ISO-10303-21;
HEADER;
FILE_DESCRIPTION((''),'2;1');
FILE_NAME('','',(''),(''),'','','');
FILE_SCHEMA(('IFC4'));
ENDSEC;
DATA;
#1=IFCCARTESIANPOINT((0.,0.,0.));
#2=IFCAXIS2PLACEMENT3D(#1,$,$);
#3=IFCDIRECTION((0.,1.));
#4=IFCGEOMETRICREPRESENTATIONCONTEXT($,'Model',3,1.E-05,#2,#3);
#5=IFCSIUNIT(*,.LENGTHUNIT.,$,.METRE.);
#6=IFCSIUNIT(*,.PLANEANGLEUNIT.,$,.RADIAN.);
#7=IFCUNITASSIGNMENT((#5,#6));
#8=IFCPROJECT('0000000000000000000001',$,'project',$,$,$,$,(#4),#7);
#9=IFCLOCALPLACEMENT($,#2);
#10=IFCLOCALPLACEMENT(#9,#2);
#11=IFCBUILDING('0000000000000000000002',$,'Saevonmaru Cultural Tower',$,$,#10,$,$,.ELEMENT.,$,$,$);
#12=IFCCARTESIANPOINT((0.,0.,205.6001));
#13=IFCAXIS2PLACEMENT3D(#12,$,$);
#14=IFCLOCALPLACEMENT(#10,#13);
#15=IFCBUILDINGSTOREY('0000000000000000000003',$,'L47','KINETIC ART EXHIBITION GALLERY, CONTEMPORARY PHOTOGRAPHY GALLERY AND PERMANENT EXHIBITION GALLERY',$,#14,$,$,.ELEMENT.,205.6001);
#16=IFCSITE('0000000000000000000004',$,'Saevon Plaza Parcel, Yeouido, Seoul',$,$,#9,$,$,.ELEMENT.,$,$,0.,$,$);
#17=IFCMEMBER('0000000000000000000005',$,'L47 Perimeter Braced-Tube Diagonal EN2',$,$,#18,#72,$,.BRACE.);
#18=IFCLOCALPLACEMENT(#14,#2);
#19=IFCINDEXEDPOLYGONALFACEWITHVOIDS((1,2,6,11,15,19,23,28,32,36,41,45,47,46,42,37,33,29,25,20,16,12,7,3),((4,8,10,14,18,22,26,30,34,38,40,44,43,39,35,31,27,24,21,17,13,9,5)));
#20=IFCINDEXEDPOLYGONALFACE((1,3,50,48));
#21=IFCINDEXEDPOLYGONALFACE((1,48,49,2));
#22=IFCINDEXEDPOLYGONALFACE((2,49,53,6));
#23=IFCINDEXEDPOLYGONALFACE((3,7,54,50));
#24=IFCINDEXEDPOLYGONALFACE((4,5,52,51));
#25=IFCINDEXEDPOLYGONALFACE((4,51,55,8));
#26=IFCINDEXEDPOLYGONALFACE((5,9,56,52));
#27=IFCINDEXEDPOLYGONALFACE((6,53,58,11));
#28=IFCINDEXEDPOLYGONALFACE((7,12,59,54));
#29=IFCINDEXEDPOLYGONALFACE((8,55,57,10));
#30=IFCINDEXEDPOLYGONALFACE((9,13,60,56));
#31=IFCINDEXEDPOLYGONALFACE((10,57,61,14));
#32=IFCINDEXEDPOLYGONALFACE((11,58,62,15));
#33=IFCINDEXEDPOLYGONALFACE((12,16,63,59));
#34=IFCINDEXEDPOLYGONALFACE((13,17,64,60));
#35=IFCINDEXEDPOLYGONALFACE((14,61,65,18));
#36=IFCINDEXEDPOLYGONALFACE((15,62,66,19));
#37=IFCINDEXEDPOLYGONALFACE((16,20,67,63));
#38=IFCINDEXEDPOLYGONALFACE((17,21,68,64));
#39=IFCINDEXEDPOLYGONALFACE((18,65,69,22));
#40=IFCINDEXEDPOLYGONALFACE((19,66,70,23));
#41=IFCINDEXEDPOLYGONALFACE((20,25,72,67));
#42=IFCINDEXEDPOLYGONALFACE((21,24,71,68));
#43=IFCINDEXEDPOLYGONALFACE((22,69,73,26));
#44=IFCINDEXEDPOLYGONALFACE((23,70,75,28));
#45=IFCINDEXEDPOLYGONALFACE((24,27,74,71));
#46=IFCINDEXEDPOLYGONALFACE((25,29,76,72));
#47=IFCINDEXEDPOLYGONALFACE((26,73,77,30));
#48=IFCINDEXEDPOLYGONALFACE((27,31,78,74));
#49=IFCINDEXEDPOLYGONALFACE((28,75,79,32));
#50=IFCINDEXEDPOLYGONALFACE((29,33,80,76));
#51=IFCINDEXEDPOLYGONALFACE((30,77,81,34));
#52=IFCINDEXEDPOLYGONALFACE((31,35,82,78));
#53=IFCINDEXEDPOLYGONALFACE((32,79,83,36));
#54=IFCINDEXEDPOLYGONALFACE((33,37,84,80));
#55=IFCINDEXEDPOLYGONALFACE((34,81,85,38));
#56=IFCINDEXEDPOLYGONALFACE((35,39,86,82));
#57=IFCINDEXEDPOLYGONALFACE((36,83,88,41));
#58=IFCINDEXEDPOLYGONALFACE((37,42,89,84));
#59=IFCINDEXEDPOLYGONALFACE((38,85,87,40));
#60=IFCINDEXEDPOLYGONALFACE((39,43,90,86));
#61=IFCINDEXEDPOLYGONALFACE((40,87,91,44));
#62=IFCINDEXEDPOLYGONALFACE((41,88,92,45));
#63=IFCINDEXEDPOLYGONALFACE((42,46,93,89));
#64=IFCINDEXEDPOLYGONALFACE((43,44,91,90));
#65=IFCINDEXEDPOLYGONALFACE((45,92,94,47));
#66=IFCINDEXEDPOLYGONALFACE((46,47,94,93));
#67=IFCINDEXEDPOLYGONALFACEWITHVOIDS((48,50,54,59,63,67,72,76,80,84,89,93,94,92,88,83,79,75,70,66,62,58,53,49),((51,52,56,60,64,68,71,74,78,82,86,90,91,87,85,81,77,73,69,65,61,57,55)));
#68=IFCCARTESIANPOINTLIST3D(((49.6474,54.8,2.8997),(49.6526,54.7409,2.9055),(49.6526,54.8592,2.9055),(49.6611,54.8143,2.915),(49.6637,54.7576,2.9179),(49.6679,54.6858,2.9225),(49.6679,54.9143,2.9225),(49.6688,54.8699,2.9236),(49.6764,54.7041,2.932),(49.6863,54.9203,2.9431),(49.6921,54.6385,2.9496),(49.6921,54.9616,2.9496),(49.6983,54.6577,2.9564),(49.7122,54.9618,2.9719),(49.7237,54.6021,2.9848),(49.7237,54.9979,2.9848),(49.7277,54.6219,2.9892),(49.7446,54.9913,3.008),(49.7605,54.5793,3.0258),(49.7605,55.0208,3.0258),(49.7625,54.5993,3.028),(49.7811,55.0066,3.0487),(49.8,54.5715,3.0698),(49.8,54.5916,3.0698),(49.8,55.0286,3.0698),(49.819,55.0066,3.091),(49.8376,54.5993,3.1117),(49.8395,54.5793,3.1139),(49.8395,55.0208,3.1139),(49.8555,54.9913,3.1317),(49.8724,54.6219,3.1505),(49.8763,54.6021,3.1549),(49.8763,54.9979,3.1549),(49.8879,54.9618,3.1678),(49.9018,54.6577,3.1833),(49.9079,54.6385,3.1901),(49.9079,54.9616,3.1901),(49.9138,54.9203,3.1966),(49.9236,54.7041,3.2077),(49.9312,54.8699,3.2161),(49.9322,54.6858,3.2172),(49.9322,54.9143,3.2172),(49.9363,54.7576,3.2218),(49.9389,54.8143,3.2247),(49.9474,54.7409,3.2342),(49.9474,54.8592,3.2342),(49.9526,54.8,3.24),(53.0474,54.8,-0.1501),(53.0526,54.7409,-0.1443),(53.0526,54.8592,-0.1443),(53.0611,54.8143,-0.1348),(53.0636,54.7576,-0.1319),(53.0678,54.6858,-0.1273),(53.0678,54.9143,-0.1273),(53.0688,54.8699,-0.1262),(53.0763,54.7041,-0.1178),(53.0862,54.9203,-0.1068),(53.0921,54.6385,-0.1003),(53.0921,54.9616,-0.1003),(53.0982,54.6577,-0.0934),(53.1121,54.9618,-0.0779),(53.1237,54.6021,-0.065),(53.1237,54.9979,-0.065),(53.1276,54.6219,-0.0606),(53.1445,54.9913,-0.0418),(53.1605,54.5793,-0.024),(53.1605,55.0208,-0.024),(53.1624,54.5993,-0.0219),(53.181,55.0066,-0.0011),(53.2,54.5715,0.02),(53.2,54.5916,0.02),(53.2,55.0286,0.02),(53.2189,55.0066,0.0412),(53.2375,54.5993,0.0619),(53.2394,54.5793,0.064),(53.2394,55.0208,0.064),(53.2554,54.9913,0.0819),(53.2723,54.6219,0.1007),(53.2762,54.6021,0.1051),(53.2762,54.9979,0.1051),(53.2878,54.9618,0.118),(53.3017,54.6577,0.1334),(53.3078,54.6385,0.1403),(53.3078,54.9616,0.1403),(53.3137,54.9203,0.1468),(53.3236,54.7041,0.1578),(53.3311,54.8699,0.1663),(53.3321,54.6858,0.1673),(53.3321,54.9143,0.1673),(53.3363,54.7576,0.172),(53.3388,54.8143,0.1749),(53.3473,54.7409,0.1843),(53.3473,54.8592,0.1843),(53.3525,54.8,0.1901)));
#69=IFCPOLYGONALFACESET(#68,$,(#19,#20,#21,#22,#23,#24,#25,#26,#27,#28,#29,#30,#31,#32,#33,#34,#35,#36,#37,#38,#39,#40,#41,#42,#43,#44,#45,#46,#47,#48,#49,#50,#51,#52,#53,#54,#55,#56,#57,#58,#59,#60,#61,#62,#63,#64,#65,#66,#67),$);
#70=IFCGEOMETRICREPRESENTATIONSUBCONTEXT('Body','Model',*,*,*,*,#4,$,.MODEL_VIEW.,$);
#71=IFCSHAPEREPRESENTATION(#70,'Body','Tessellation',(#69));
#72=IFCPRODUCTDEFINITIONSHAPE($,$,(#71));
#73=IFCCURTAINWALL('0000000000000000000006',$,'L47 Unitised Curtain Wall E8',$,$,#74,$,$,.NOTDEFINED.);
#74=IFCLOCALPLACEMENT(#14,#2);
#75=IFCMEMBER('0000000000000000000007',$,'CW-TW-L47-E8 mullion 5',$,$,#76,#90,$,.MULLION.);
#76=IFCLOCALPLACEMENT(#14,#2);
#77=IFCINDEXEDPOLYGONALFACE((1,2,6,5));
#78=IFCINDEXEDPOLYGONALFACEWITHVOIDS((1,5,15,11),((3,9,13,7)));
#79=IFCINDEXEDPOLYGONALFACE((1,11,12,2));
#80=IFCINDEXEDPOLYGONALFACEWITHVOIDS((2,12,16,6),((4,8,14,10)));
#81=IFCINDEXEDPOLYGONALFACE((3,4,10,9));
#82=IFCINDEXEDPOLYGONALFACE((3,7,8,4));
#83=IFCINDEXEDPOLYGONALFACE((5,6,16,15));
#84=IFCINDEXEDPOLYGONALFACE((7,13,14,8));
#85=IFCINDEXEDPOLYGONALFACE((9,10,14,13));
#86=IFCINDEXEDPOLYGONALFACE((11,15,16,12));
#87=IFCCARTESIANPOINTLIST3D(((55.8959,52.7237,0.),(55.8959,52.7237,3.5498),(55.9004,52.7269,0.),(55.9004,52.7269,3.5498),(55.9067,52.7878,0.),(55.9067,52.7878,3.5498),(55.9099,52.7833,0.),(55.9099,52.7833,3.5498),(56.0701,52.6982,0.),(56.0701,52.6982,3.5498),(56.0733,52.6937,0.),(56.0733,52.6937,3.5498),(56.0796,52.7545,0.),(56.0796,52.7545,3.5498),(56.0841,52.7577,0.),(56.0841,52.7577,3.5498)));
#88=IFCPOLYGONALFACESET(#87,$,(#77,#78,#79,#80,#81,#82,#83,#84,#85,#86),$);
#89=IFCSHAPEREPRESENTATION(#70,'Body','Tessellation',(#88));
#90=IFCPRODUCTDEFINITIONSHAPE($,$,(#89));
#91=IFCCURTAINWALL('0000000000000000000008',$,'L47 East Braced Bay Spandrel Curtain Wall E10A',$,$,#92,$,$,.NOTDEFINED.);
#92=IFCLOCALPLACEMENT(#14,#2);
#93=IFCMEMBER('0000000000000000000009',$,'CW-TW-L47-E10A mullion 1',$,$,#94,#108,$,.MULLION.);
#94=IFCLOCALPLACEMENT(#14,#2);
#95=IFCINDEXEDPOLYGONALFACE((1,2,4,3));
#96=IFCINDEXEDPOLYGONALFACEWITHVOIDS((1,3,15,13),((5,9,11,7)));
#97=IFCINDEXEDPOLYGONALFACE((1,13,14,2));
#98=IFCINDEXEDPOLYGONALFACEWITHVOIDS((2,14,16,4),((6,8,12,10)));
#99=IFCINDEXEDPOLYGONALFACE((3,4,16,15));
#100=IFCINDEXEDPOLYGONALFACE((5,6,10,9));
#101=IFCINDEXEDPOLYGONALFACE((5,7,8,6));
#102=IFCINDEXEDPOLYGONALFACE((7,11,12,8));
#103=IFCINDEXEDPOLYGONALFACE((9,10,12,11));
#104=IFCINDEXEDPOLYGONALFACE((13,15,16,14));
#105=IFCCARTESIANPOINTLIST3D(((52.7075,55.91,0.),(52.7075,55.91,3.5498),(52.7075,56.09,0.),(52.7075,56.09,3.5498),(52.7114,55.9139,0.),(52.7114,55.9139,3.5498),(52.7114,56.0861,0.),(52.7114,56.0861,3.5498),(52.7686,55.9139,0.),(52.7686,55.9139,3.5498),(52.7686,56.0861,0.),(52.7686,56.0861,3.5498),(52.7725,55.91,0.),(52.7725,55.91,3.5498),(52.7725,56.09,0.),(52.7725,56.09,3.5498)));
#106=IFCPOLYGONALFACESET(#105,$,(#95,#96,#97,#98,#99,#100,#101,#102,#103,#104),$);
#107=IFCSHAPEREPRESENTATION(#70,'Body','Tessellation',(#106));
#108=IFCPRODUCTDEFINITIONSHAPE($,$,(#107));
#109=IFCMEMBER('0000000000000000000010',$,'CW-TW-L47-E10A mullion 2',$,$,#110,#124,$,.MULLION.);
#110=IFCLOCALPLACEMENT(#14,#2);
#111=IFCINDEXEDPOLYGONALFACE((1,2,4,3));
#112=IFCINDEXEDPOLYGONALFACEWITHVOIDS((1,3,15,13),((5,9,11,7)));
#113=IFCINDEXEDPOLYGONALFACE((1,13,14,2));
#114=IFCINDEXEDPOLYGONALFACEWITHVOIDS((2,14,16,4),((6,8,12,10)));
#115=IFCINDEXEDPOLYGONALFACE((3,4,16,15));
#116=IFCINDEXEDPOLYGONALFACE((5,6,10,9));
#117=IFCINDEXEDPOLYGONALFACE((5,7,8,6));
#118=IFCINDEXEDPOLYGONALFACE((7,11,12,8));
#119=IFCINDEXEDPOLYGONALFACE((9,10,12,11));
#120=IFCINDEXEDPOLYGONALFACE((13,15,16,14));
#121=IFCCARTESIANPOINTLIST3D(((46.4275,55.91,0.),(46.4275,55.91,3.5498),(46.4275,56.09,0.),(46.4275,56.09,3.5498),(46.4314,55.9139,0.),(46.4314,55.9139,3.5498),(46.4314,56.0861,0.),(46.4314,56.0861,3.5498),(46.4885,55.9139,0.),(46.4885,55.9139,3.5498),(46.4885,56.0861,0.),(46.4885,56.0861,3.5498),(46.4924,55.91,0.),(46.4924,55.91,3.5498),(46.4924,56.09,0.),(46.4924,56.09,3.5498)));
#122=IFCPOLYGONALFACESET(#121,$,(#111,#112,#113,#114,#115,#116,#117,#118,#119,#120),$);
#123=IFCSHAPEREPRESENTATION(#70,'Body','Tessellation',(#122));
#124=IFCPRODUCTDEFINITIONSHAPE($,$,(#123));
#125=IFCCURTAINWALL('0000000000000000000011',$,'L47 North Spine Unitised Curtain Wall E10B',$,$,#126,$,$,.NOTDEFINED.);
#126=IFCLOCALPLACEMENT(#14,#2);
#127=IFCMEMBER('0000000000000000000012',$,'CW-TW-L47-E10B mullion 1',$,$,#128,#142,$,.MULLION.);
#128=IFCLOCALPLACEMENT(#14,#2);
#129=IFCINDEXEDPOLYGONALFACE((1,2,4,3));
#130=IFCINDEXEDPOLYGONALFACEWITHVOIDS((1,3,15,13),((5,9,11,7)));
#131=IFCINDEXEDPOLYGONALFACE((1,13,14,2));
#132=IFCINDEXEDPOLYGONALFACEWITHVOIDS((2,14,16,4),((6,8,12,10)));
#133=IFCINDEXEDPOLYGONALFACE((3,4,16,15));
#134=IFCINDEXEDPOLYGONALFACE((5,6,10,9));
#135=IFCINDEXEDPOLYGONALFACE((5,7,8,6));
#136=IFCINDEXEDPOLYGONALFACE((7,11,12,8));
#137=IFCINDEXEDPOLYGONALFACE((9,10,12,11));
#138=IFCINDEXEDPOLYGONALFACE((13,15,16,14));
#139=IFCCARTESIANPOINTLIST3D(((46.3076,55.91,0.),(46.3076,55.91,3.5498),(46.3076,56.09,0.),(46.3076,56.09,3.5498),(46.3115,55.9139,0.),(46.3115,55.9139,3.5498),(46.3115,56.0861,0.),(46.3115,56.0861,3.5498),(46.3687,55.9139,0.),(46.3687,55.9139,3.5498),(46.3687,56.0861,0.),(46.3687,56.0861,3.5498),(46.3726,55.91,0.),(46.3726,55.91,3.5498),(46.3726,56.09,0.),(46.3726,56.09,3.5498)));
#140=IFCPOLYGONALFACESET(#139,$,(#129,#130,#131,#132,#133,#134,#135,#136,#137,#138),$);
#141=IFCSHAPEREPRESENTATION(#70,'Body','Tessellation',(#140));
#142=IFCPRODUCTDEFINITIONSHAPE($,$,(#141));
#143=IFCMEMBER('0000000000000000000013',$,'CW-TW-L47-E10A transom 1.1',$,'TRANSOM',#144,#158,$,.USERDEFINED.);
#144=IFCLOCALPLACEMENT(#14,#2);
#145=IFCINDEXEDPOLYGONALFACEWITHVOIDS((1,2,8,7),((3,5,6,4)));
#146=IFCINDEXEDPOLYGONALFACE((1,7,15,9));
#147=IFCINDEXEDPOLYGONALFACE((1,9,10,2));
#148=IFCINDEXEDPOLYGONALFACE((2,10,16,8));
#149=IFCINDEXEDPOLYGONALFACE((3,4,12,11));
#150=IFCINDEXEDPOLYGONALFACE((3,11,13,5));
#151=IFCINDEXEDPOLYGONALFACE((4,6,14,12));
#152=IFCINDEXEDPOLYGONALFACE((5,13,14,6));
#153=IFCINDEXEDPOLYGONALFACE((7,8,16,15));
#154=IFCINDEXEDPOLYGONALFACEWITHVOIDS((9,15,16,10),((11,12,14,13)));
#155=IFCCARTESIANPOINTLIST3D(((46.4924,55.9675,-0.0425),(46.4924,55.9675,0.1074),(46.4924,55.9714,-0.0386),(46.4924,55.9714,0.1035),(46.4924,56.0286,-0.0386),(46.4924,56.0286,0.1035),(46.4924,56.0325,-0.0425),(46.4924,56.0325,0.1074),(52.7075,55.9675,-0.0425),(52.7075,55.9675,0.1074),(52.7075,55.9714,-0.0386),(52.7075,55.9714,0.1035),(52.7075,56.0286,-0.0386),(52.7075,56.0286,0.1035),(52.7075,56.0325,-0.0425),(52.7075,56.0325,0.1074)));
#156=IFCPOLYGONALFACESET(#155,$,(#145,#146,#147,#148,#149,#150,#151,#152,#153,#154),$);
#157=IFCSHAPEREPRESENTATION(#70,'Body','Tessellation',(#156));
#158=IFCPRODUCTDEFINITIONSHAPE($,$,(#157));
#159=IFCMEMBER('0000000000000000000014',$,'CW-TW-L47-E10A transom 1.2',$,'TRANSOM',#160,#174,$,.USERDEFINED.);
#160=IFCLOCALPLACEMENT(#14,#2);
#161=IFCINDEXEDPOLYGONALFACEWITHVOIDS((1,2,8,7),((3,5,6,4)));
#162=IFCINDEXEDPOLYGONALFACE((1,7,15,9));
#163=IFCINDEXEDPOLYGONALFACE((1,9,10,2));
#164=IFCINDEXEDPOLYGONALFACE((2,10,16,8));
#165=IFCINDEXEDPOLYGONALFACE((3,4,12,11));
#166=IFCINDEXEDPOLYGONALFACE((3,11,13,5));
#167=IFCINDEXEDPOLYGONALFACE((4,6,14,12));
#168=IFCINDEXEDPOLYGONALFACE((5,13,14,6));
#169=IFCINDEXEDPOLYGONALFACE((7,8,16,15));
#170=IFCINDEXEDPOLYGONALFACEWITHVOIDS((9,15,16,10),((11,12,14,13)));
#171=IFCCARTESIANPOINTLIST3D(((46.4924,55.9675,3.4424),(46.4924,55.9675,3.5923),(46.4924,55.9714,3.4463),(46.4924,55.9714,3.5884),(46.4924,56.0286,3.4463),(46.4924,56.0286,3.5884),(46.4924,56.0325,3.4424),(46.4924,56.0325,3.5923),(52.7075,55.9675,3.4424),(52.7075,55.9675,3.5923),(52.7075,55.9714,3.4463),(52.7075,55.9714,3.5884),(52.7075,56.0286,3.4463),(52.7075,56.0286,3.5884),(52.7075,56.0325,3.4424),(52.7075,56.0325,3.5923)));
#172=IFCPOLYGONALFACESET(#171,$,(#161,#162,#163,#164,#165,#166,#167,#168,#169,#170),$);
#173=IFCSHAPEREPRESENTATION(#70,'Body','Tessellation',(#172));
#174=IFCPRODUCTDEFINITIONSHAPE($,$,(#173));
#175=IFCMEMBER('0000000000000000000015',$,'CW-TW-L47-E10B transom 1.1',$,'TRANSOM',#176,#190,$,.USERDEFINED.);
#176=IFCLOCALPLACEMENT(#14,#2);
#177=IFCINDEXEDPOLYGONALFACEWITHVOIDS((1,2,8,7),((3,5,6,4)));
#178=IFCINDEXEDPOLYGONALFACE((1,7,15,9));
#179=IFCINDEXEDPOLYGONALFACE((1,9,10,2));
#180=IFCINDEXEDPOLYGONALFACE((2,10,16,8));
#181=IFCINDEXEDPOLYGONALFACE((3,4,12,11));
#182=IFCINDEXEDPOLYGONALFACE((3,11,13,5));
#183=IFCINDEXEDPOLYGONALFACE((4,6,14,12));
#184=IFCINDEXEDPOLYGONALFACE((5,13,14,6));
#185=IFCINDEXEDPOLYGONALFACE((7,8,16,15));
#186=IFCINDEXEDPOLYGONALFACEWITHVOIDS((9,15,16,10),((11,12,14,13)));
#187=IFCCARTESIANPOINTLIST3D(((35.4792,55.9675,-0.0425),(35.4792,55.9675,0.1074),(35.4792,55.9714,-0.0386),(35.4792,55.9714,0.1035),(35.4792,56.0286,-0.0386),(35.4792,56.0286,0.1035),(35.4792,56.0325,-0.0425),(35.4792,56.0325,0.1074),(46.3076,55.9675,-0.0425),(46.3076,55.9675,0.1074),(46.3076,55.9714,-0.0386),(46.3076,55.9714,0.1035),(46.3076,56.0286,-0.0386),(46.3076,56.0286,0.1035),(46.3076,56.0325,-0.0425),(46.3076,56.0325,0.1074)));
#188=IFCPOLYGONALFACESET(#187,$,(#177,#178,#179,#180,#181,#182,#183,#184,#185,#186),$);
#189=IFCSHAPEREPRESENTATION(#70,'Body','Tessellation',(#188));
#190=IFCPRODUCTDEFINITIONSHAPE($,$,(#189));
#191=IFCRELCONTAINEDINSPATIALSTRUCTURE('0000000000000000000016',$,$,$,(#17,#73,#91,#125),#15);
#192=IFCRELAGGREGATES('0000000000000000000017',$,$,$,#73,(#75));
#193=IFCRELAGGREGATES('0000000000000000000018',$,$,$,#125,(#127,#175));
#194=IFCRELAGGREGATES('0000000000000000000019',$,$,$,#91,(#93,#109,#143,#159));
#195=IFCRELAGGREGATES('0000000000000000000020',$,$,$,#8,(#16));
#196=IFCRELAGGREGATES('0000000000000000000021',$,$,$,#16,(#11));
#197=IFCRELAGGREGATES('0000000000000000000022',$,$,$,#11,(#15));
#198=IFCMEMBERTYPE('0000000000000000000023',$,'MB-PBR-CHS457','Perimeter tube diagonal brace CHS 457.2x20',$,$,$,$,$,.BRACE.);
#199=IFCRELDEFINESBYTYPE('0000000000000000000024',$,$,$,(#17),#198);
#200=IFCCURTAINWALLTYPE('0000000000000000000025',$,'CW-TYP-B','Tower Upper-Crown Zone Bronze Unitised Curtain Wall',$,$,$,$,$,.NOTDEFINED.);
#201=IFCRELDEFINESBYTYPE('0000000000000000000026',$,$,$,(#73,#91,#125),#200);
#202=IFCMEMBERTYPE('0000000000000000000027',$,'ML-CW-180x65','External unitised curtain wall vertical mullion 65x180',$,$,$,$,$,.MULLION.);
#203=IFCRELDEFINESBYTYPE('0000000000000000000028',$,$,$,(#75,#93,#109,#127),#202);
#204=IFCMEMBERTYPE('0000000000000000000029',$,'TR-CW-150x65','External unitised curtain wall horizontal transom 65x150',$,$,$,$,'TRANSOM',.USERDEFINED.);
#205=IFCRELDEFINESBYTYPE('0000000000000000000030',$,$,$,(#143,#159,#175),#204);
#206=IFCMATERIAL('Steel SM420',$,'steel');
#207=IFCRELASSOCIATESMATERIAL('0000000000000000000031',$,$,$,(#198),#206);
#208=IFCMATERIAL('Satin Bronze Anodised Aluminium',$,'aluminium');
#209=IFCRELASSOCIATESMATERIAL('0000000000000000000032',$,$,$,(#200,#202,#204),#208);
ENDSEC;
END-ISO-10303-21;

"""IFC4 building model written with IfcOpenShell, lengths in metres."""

from ifc_helpers import new_model, si_unit, direction, frame, origin, origin_2d, place, context, subcontext, project, spatial, hollow_rectangle, hollow_circle, extrude, material, material_profile, profile_set, type_object, element, aggregate, save


model = new_model("IFC4")

# Units and contexts
model_context = context("Model", 3, precision=1e-05, world=origin(), true_north=direction((0.0, 1.0)))
body_context = subcontext(model_context, "Body", "Model", "MODEL_VIEW")
ifc_project = project(units=[si_unit("LENGTHUNIT", "METRE"), si_unit("PLANEANGLEUNIT", "RADIAN")], contexts=[model_context])

# Site, building, storey
site_placement = place(None, origin())
site = spatial("IfcSite", under=ifc_project, at=site_placement, Name="Saevon Plaza Parcel, Yeouido, Seoul", CompositionType="ELEMENT", RefElevation=0.0)
building_placement = place(site_placement, origin())
building = spatial("IfcBuilding", under=site, at=building_placement, Name="Saevonmaru Cultural Tower", CompositionType="ELEMENT")
storey_placement = place(building_placement, frame((0.0, 0.0, 205.6001)))
storey = spatial("IfcBuildingStorey", under=building, at=storey_placement, Name="L47", Description="KINETIC ART EXHIBITION GALLERY, CONTEMPORARY PHOTOGRAPHY GALLERY AND PERMANENT EXHIBITION GALLERY", CompositionType="ELEMENT", Elevation=205.6001)

# Shared definitions
ifc_material_1 = material(Name="Steel SM420", Category="steel")

# Member
ifc_material_profile_1 = material_profile(ifc_material_1, hollow_circle(Radius=0.2285, WallThickness=0.02, at=origin_2d()), Name="CHS-457.2x20")
ifc_profile_set_1 = profile_set([ifc_material_profile_1], Name="Steel SM420")
member_type_1 = type_object("IfcMemberType", Name="MB-PBR-CHS457", Description="Perimeter tube diagonal brace CHS 457.2x20", PredefinedType="BRACE", material=ifc_profile_set_1)
member_1_placement = place(storey_placement, frame((53.2, 54.8, 0.02), z_axis=(-0.744394, 0.0, 0.667741), x_axis=(0.0, -1.0, 0.0)))
element("IfcMember", 1, at=member_1_placement, inside=storey, type_object=member_type_1, Name="L47 Perimeter Braced-Tube Diagonal EN2", PredefinedType="BRACE", context=body_context, shape_type="SweptSolid", body=[
    extrude(hollow_circle(Radius=0.2285, WallThickness=0.02, at=origin_2d()), origin(), (0.0, 0.0, 1.0), 4.5674),
])

# Curtain wall, member
ifc_material_2 = material(Name="Satin Bronze Anodised Aluminium", Category="aluminium")
curtain_wall_type = type_object("IfcCurtainWallType", Name="CW-TYP-B", Description="Tower Upper-Crown Zone Bronze Unitised Curtain Wall", PredefinedType="NOTDEFINED", material=ifc_material_2)
curtain_wall_1_placement = place(storey_placement, origin())
curtain_wall_1 = element("IfcCurtainWall", 2, at=curtain_wall_1_placement, inside=storey, type_object=curtain_wall_type, Name="L47 Unitised Curtain Wall E8", PredefinedType="NOTDEFINED")
ifc_material_profile_2 = material_profile(ifc_material_2, hollow_rectangle(XDim=0.0649, YDim=0.1799, WallThickness=0.0039, at=origin_2d()), Name="ALU-MULL-180x65x4")
ifc_profile_set_2 = profile_set([ifc_material_profile_2], Name="Satin Bronze Anodised Aluminium")
member_type_2 = type_object("IfcMemberType", Name="ML-CW-180x65", Description="External unitised curtain wall vertical mullion 65x180", PredefinedType="MULLION", material=ifc_profile_set_2)
member_2_placement = place(storey_placement, frame((55.99, 52.7407, 0.0), z_axis=(0.0, 0.0, 1.0), x_axis=(0.166922, 0.98597, 0.0)))
member_2 = element("IfcMember", 3, at=member_2_placement, type_object=member_type_2, Name="CW-TW-L47-E8 mullion 5", PredefinedType="MULLION", context=body_context, shape_type="SweptSolid", body=[
    extrude(hollow_rectangle(XDim=0.0649, YDim=0.1799, WallThickness=0.0039, at=origin_2d()), origin(), (0.0, 0.0, 1.0), 3.5498),
])
aggregate(curtain_wall_1, [member_2])

# Curtain wall, members
curtain_wall_2_placement = place(storey_placement, origin())
curtain_wall_2 = element("IfcCurtainWall", 4, at=curtain_wall_2_placement, inside=storey, type_object=curtain_wall_type, Name="L47 East Braced Bay Spandrel Curtain Wall E10A", PredefinedType="NOTDEFINED")
member_3_placement = place(storey_placement, frame((52.74, 56.0, 0.0), z_axis=(0.0, 0.0, 1.0), x_axis=(-1.0, 0.0, 0.0)))
member_3 = element("IfcMember", 5, at=member_3_placement, type_object=member_type_2, Name="CW-TW-L47-E10A mullion 1", PredefinedType="MULLION", context=body_context, shape_type="SweptSolid", body=[
    extrude(hollow_rectangle(XDim=0.0649, YDim=0.1799, WallThickness=0.0039, at=origin_2d()), origin(), (0.0, 0.0, 1.0), 3.5498),
])
member_4_placement = place(storey_placement, frame((46.46, 56.0, 0.0), z_axis=(0.0, 0.0, 1.0), x_axis=(-1.0, 0.0, 0.0)))
member_4 = element("IfcMember", 6, at=member_4_placement, type_object=member_type_2, Name="CW-TW-L47-E10A mullion 2", PredefinedType="MULLION", context=body_context, shape_type="SweptSolid", body=[
    extrude(hollow_rectangle(XDim=0.0649, YDim=0.1799, WallThickness=0.0039, at=origin_2d()), origin(), (0.0, 0.0, 1.0), 3.5498),
])

# Curtain wall, member
curtain_wall_3_placement = place(storey_placement, origin())
curtain_wall_3 = element("IfcCurtainWall", 7, at=curtain_wall_3_placement, inside=storey, type_object=curtain_wall_type, Name="L47 North Spine Unitised Curtain Wall E10B", PredefinedType="NOTDEFINED")
member_5_placement = place(storey_placement, frame((46.3401, 56.0, 0.0), z_axis=(0.0, 0.0, 1.0), x_axis=(-1.0, 0.0, 0.0)))
member_5 = element("IfcMember", 8, at=member_5_placement, type_object=member_type_2, Name="CW-TW-L47-E10B mullion 1", PredefinedType="MULLION", context=body_context, shape_type="SweptSolid", body=[
    extrude(hollow_rectangle(XDim=0.0649, YDim=0.1799, WallThickness=0.0039, at=origin_2d()), origin(), (0.0, 0.0, 1.0), 3.5498),
])

# Members
ifc_material_profile_3 = material_profile(ifc_material_2, hollow_rectangle(XDim=0.0649, YDim=0.1499, WallThickness=0.0039, at=origin_2d()), Name="ALU-TRAN-150x65x4")
ifc_profile_set_3 = profile_set([ifc_material_profile_3], Name="Satin Bronze Anodised Aluminium")
member_type_3 = type_object("IfcMemberType", Name="TR-CW-150x65", Description="External unitised curtain wall horizontal transom 65x150", ElementType="TRANSOM", PredefinedType="USERDEFINED", material=ifc_profile_set_3)
member_6_placement = place(storey_placement, frame((52.7075, 56.0, 0.0325), z_axis=(-1.0, 0.0, 0.0), x_axis=(0.0, -1.0, 0.0)))
member_6 = element("IfcMember", 9, at=member_6_placement, type_object=member_type_3, Name="CW-TW-L47-E10A transom 1.1", ObjectType="TRANSOM", PredefinedType="USERDEFINED", context=body_context, shape_type="SweptSolid", body=[
    extrude(hollow_rectangle(XDim=0.0649, YDim=0.1499, WallThickness=0.0039, at=origin_2d()), origin(), (0.0, 0.0, 1.0), 6.2151),
])
member_7_placement = place(storey_placement, frame((52.7075, 56.0, 3.5173), z_axis=(-1.0, 0.0, 0.0), x_axis=(0.0, -1.0, 0.0)))
member_7 = element("IfcMember", 10, at=member_7_placement, type_object=member_type_3, Name="CW-TW-L47-E10A transom 1.2", ObjectType="TRANSOM", PredefinedType="USERDEFINED", context=body_context, shape_type="SweptSolid", body=[
    extrude(hollow_rectangle(XDim=0.0649, YDim=0.1499, WallThickness=0.0039, at=origin_2d()), origin(), (0.0, 0.0, 1.0), 6.2151),
])
member_8_placement = place(storey_placement, frame((46.3076, 56.0, 0.0325), z_axis=(-1.0, 0.0, 0.0), x_axis=(0.0, -1.0, 0.0)))
member_8 = element("IfcMember", 11, at=member_8_placement, type_object=member_type_3, Name="CW-TW-L47-E10B transom 1.1", ObjectType="TRANSOM", PredefinedType="USERDEFINED", context=body_context, shape_type="SweptSolid", body=[
    extrude(hollow_rectangle(XDim=0.0649, YDim=0.1499, WallThickness=0.0039, at=origin_2d()), origin(), (0.0, 0.0, 1.0), 10.8284),
])
aggregate(curtain_wall_3, [member_5, member_8])

aggregate(curtain_wall_2, [member_3, member_4, member_6, member_7])

save(model, "model.ifc")
